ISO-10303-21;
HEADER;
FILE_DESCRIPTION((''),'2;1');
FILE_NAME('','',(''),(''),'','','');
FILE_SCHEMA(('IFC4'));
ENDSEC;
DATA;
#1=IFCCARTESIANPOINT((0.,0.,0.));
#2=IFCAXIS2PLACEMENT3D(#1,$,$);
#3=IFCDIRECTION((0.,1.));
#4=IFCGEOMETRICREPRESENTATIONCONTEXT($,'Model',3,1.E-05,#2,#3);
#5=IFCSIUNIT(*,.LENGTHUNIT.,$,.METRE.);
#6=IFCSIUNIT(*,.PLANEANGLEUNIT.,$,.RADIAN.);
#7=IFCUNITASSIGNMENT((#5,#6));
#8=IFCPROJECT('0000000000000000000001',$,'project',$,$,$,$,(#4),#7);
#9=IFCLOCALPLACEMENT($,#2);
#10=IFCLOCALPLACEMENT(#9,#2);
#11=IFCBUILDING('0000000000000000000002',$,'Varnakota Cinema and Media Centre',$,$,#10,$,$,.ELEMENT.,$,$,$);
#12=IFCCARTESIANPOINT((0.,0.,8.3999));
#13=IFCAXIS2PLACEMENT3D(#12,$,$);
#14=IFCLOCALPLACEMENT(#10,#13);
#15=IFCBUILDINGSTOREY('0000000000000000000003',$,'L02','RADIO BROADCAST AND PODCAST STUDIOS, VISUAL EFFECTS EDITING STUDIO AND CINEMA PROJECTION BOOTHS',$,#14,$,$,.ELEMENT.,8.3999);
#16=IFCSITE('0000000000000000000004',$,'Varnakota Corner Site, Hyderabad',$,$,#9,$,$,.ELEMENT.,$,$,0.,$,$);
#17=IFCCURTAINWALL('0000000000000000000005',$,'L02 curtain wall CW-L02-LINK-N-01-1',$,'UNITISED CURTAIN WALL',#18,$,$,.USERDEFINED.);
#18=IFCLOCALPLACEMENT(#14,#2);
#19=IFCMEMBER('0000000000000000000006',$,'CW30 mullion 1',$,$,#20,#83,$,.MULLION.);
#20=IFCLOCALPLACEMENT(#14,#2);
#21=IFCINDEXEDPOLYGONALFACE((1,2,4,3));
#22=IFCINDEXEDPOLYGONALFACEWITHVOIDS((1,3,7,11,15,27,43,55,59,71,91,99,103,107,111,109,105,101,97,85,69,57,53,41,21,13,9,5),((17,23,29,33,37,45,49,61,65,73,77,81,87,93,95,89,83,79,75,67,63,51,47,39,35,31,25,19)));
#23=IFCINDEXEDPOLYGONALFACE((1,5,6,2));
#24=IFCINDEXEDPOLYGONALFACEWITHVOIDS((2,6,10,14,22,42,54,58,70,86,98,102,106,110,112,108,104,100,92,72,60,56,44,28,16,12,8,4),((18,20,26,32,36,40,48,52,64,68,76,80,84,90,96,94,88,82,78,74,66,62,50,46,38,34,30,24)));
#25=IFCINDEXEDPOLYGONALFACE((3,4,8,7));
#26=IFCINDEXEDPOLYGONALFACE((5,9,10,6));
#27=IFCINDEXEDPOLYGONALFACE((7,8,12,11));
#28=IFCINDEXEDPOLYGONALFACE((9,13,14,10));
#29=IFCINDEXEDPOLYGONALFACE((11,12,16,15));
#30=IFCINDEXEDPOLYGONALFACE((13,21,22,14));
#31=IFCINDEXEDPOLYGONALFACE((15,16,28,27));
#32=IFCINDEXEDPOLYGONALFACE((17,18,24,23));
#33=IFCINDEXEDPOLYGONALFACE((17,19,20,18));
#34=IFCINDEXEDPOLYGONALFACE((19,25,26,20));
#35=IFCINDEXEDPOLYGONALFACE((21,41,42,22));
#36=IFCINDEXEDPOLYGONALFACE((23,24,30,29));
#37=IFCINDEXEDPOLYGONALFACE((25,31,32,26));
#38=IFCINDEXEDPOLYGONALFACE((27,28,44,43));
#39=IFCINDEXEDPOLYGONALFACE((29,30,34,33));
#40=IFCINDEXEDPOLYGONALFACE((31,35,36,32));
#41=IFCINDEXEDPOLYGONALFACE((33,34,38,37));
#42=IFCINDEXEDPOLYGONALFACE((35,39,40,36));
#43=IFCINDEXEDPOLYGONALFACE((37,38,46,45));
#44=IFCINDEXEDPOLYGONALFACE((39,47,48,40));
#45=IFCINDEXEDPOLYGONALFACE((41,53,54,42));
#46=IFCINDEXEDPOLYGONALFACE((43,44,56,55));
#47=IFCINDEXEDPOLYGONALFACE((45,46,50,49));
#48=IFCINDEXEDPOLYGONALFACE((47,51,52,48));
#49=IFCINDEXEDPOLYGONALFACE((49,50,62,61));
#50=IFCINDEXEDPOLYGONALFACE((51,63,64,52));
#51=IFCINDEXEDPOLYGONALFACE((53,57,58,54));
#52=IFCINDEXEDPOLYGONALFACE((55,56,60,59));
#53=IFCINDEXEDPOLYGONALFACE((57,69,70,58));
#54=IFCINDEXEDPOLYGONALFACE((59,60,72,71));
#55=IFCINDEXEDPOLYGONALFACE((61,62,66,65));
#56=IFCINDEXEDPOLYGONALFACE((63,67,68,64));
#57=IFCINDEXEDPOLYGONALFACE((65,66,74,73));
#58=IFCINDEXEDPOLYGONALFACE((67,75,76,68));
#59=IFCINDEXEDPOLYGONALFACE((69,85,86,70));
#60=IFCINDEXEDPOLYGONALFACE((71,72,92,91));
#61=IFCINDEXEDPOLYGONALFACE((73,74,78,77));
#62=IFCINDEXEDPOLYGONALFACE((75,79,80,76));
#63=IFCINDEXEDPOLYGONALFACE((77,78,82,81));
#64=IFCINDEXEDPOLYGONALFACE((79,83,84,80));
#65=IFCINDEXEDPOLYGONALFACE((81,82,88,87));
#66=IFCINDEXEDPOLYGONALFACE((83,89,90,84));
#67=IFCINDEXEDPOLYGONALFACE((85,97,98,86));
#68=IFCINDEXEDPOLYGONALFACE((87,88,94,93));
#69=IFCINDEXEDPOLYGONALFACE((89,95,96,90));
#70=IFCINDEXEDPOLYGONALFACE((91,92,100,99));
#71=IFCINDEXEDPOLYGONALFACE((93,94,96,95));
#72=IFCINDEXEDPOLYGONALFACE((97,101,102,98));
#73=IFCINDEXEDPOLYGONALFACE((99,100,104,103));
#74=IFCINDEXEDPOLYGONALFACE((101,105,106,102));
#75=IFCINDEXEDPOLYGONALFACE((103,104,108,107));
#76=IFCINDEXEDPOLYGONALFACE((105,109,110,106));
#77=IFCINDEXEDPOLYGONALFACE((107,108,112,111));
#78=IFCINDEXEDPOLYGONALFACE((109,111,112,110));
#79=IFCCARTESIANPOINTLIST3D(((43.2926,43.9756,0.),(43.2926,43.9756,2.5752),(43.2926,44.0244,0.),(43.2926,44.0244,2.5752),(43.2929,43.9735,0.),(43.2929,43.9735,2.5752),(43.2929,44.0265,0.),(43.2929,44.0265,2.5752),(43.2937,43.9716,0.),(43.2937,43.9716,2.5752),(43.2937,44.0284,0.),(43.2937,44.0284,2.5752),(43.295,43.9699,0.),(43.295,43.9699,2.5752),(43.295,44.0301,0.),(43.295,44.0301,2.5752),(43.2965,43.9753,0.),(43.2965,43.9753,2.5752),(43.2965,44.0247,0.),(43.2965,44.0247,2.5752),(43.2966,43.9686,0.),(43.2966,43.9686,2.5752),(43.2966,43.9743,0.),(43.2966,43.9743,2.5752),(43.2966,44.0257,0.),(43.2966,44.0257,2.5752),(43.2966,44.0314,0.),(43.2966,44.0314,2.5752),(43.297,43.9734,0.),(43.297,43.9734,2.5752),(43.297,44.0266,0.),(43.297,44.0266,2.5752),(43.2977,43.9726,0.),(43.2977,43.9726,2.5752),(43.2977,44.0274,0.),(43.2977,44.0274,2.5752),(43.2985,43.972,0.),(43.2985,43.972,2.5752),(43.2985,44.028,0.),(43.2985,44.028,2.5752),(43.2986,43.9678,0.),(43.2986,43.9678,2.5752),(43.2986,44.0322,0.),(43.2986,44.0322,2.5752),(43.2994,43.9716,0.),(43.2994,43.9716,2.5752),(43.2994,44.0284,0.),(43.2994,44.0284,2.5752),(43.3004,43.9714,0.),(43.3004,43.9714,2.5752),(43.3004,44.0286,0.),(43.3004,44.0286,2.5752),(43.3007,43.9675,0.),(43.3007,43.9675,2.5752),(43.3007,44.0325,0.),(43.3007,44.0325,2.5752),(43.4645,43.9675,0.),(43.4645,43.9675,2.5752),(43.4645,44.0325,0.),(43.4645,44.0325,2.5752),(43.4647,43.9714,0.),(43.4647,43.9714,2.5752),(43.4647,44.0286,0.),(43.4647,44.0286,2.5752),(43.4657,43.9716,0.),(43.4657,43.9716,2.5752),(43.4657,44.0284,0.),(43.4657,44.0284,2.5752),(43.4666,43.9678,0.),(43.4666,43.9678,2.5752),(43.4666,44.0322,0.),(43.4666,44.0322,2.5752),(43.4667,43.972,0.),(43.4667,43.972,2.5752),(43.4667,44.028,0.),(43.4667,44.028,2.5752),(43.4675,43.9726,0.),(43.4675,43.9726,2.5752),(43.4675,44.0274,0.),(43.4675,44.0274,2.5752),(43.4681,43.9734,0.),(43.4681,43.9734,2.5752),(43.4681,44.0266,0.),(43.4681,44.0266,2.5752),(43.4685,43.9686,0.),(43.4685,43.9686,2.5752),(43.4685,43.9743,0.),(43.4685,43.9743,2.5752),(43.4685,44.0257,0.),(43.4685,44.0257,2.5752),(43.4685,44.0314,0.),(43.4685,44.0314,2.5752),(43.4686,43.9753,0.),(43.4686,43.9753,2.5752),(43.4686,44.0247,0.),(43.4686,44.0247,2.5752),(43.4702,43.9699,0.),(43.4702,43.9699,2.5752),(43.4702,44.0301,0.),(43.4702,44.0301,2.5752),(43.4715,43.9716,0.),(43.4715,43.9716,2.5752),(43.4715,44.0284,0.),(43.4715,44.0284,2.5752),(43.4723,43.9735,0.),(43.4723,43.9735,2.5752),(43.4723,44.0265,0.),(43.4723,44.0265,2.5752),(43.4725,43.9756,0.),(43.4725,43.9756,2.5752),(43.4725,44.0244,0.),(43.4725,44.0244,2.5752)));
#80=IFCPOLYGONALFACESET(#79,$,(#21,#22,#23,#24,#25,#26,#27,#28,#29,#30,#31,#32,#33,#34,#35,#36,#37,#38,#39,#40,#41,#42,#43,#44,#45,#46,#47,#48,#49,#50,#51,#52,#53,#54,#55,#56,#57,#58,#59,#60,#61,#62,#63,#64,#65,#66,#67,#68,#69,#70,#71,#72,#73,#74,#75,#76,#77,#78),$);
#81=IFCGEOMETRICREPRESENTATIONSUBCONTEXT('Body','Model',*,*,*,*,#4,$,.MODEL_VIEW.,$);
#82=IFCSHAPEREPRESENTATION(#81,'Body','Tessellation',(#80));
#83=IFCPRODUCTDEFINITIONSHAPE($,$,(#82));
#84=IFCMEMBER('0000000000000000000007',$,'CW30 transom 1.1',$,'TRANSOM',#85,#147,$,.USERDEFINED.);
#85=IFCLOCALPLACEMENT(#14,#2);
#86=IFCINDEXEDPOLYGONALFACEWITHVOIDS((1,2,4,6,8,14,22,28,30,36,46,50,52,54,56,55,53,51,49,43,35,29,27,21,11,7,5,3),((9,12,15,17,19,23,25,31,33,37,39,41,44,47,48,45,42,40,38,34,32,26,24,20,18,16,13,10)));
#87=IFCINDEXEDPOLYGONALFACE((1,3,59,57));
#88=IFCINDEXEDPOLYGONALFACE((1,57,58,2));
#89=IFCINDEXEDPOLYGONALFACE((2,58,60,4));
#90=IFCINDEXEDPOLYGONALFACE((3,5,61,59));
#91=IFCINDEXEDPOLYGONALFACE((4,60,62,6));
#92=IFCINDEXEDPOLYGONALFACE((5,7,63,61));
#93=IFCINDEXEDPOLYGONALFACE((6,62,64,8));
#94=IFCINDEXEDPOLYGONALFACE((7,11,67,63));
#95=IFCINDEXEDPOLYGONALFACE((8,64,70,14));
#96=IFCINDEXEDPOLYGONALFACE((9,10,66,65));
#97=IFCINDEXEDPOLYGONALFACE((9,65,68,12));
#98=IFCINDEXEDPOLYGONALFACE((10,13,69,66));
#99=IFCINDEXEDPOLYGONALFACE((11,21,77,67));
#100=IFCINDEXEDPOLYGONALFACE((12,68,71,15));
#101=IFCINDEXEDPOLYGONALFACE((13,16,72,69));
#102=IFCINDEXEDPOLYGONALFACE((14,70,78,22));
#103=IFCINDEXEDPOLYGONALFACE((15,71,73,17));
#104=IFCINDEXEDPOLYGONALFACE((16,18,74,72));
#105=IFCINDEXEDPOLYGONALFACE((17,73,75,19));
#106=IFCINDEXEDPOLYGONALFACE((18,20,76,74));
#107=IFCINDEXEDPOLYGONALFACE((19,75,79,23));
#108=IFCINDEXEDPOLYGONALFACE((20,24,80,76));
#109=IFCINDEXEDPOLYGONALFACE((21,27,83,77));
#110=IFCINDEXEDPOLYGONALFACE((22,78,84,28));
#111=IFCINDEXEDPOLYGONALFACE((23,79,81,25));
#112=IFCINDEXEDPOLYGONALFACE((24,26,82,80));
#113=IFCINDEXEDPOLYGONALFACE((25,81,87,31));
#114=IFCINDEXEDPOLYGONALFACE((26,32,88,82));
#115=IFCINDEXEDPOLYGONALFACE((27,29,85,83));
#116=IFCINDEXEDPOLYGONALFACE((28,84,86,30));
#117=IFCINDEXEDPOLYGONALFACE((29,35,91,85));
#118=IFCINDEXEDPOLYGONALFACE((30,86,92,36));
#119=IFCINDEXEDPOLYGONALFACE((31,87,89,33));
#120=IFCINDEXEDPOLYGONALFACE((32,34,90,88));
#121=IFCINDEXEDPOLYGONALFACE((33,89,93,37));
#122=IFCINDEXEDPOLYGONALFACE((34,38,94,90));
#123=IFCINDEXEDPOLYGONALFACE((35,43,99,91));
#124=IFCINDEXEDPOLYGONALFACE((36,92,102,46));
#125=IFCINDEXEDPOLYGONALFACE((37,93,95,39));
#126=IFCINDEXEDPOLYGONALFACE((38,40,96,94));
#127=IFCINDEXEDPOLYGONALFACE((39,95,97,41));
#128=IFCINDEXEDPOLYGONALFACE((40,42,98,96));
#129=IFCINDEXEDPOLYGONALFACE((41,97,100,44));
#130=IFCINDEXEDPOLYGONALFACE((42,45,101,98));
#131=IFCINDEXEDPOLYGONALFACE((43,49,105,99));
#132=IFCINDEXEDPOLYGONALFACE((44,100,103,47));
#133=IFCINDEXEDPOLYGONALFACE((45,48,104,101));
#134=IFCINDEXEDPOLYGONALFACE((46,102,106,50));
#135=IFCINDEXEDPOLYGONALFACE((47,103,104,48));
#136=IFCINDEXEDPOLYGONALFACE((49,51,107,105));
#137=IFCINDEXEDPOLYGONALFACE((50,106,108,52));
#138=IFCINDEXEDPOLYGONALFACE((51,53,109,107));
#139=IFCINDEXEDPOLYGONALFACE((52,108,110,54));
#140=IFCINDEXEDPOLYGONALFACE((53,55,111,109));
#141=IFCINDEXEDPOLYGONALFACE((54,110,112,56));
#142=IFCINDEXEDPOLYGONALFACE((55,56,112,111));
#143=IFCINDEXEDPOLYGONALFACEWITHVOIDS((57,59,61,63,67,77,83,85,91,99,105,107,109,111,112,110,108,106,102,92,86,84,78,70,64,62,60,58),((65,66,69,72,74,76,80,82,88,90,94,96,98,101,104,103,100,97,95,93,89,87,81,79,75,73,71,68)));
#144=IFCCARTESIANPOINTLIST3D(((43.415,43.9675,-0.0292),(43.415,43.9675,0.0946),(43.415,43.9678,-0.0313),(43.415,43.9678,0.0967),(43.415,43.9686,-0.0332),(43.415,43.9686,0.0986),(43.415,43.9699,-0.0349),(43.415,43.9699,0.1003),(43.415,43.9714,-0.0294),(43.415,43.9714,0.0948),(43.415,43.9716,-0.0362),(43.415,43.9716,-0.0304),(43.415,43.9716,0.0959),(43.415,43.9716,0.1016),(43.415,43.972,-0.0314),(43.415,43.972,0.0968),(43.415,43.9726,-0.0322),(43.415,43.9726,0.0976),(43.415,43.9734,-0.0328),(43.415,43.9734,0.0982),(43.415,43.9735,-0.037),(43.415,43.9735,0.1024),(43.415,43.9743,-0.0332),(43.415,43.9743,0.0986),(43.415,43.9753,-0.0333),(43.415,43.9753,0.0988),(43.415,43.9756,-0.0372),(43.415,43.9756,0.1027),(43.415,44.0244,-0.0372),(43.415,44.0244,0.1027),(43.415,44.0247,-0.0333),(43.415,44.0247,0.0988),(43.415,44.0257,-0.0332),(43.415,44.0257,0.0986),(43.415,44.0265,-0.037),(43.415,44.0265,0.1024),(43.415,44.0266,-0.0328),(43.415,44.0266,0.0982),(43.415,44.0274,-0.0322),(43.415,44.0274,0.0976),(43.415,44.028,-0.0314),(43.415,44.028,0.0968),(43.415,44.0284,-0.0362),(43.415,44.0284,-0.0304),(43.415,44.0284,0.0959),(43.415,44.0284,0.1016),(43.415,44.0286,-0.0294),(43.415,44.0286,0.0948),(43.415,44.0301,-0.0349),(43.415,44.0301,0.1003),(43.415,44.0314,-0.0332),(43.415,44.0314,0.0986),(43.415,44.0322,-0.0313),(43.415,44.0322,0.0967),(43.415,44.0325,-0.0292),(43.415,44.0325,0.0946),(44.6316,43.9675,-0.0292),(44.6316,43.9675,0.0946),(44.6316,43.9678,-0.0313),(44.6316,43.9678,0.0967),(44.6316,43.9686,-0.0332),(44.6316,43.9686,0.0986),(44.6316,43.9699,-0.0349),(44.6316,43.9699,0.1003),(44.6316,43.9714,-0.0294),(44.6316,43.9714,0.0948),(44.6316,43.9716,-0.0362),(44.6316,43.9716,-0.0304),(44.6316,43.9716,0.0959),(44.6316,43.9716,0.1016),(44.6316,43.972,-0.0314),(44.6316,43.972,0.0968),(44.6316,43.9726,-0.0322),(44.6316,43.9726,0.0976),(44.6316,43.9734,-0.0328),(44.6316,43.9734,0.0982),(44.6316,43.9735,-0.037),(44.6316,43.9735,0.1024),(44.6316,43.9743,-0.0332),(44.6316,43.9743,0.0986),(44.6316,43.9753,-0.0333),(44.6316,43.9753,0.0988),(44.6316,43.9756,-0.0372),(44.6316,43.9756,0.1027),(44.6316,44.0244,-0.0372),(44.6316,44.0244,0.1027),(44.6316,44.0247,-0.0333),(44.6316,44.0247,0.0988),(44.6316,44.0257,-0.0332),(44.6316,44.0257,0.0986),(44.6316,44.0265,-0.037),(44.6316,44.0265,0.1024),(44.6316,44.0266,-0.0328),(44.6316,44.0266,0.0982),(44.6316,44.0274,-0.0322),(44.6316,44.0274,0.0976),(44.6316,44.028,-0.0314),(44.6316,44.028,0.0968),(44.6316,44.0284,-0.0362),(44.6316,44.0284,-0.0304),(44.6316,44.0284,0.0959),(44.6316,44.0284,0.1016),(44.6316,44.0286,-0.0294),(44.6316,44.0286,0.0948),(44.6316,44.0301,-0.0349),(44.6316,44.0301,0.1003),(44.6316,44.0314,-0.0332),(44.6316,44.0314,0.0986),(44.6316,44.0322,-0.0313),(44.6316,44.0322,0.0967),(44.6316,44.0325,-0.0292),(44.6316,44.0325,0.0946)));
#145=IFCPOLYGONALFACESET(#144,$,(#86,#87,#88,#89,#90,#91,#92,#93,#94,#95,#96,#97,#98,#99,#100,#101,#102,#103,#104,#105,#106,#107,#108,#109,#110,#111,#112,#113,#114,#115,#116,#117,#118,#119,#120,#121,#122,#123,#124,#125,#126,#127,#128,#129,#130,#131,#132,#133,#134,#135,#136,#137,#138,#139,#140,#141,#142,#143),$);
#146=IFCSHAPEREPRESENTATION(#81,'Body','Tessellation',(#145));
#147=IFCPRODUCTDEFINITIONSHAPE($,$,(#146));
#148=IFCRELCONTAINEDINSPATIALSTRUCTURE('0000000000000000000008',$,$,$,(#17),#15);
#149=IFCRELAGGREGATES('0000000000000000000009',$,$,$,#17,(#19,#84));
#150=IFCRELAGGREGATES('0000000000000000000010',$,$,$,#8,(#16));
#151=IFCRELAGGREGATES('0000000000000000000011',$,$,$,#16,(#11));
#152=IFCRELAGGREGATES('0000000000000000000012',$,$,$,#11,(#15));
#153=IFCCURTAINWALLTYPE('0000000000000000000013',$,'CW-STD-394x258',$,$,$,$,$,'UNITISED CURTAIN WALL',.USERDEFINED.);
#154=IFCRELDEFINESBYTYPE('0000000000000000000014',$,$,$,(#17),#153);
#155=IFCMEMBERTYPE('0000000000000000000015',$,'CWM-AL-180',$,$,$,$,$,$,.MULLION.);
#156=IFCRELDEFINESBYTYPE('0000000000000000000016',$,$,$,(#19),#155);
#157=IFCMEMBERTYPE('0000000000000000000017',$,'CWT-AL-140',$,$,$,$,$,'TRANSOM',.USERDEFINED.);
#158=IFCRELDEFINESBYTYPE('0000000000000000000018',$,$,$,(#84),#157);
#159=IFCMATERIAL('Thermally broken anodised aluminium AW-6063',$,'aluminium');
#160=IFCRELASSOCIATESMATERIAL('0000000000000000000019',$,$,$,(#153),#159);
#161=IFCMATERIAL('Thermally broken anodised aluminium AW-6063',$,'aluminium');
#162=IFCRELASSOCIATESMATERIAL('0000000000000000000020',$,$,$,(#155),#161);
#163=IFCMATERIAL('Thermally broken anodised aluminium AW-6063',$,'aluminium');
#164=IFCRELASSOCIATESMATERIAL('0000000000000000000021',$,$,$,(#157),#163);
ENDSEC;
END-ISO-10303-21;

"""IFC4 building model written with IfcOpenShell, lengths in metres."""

from ifc_helpers import new_model, si_unit, direction, frame, origin, origin_2d, place, context, subcontext, project, spatial, hollow_rectangle, extrude, material, material_profile, profile_set, type_object, element, aggregate, save


model = new_model("IFC4")

# Units and contexts
model_context = context("Model", 3, precision=1e-05, world=origin(), true_north=direction((0.0, 1.0)))
body_context = subcontext(model_context, "Body", "Model", "MODEL_VIEW")
ifc_project = project(units=[si_unit("LENGTHUNIT", "METRE"), si_unit("PLANEANGLEUNIT", "RADIAN")], contexts=[model_context])

# Site, building, storey
site_placement = place(None, origin())
site = spatial("IfcSite", under=ifc_project, at=site_placement, Name="Varnakota Corner Site, Hyderabad", CompositionType="ELEMENT", RefElevation=0.0)
building_placement = place(site_placement, origin())
building = spatial("IfcBuilding", under=site, at=building_placement, Name="Varnakota Cinema and Media Centre", CompositionType="ELEMENT")
storey_placement = place(building_placement, frame((0.0, 0.0, 8.3999)))
storey = spatial("IfcBuildingStorey", under=building, at=storey_placement, Name="L02", Description="RADIO BROADCAST AND PODCAST STUDIOS, VISUAL EFFECTS EDITING STUDIO AND CINEMA PROJECTION BOOTHS", CompositionType="ELEMENT", Elevation=8.3999)

# Curtain wall, members
ifc_material_1 = material(Name="Thermally broken anodised aluminium AW-6063", Category="aluminium")
curtain_wall_type = type_object("IfcCurtainWallType", Name="CW-STD-394x258", ElementType="UNITISED CURTAIN WALL", PredefinedType="USERDEFINED", material=ifc_material_1)
curtain_wall_placement = place(storey_placement, origin())
curtain_wall = element("IfcCurtainWall", 1, at=curtain_wall_placement, inside=storey, type_object=curtain_wall_type, Name="L02 curtain wall CW-L02-LINK-N-01-1", ObjectType="UNITISED CURTAIN WALL", PredefinedType="USERDEFINED")
ifc_material_2 = material(Name="Thermally broken anodised aluminium AW-6063", Category="aluminium")
ifc_material_profile_1 = material_profile(ifc_material_2, hollow_rectangle(XDim=0.0649, YDim=0.1799, WallThickness=0.0039, InnerFilletRadius=0.0039, OuterFilletRadius=0.0081, at=origin_2d()), Name="AL-MULLION 180x65x4")
ifc_profile_set_1 = profile_set([ifc_material_profile_1], Name="Thermally broken anodised aluminium AW-6063")
member_type_1 = type_object("IfcMemberType", Name="CWM-AL-180", PredefinedType="MULLION", material=ifc_profile_set_1)
member_1_placement = place(storey_placement, frame((43.3826, 44.0, 0.0), z_axis=(0.0, 0.0, 1.0), x_axis=(0.0, 1.0, 0.0)))
member_1 = element("IfcMember", 2, at=member_1_placement, type_object=member_type_1, Name="CW30 mullion 1", PredefinedType="MULLION", context=body_context, shape_type="SweptSolid", body=[
    extrude(hollow_rectangle(XDim=0.0649, YDim=0.1799, WallThickness=0.0039, InnerFilletRadius=0.0039, OuterFilletRadius=0.0081, at=origin_2d()), origin(), (0.0, 0.0, 1.0), 2.5752),
])
ifc_material_3 = material(Name="Thermally broken anodised aluminium AW-6063", Category="aluminium")
ifc_material_profile_2 = material_profile(ifc_material_3, hollow_rectangle(XDim=0.0649, YDim=0.1399, WallThickness=0.0039, InnerFilletRadius=0.0039, OuterFilletRadius=0.0081, at=origin_2d()), Name="AL-TRANSOM 140x65x4")
ifc_profile_set_2 = profile_set([ifc_material_profile_2], Name="Thermally broken anodised aluminium AW-6063")
member_type_2 = type_object("IfcMemberType", Name="CWT-AL-140", ElementType="TRANSOM", PredefinedType="USERDEFINED", material=ifc_profile_set_2)
member_2_placement = place(storey_placement, frame((43.415, 44.0, 0.0327), z_axis=(1.0, 0.0, 0.0), x_axis=(0.0, 1.0, 0.0)))
member_2 = element("IfcMember", 3, at=member_2_placement, type_object=member_type_2, Name="CW30 transom 1.1", ObjectType="TRANSOM", PredefinedType="USERDEFINED", context=body_context, shape_type="SweptSolid", body=[
    extrude(hollow_rectangle(XDim=0.0649, YDim=0.1399, WallThickness=0.0039, InnerFilletRadius=0.0039, OuterFilletRadius=0.0081, at=origin_2d()), origin(), (0.0, 0.0, 1.0), 1.2166),
])
aggregate(curtain_wall, [member_1, member_2])

save(model, "model.ifc")
